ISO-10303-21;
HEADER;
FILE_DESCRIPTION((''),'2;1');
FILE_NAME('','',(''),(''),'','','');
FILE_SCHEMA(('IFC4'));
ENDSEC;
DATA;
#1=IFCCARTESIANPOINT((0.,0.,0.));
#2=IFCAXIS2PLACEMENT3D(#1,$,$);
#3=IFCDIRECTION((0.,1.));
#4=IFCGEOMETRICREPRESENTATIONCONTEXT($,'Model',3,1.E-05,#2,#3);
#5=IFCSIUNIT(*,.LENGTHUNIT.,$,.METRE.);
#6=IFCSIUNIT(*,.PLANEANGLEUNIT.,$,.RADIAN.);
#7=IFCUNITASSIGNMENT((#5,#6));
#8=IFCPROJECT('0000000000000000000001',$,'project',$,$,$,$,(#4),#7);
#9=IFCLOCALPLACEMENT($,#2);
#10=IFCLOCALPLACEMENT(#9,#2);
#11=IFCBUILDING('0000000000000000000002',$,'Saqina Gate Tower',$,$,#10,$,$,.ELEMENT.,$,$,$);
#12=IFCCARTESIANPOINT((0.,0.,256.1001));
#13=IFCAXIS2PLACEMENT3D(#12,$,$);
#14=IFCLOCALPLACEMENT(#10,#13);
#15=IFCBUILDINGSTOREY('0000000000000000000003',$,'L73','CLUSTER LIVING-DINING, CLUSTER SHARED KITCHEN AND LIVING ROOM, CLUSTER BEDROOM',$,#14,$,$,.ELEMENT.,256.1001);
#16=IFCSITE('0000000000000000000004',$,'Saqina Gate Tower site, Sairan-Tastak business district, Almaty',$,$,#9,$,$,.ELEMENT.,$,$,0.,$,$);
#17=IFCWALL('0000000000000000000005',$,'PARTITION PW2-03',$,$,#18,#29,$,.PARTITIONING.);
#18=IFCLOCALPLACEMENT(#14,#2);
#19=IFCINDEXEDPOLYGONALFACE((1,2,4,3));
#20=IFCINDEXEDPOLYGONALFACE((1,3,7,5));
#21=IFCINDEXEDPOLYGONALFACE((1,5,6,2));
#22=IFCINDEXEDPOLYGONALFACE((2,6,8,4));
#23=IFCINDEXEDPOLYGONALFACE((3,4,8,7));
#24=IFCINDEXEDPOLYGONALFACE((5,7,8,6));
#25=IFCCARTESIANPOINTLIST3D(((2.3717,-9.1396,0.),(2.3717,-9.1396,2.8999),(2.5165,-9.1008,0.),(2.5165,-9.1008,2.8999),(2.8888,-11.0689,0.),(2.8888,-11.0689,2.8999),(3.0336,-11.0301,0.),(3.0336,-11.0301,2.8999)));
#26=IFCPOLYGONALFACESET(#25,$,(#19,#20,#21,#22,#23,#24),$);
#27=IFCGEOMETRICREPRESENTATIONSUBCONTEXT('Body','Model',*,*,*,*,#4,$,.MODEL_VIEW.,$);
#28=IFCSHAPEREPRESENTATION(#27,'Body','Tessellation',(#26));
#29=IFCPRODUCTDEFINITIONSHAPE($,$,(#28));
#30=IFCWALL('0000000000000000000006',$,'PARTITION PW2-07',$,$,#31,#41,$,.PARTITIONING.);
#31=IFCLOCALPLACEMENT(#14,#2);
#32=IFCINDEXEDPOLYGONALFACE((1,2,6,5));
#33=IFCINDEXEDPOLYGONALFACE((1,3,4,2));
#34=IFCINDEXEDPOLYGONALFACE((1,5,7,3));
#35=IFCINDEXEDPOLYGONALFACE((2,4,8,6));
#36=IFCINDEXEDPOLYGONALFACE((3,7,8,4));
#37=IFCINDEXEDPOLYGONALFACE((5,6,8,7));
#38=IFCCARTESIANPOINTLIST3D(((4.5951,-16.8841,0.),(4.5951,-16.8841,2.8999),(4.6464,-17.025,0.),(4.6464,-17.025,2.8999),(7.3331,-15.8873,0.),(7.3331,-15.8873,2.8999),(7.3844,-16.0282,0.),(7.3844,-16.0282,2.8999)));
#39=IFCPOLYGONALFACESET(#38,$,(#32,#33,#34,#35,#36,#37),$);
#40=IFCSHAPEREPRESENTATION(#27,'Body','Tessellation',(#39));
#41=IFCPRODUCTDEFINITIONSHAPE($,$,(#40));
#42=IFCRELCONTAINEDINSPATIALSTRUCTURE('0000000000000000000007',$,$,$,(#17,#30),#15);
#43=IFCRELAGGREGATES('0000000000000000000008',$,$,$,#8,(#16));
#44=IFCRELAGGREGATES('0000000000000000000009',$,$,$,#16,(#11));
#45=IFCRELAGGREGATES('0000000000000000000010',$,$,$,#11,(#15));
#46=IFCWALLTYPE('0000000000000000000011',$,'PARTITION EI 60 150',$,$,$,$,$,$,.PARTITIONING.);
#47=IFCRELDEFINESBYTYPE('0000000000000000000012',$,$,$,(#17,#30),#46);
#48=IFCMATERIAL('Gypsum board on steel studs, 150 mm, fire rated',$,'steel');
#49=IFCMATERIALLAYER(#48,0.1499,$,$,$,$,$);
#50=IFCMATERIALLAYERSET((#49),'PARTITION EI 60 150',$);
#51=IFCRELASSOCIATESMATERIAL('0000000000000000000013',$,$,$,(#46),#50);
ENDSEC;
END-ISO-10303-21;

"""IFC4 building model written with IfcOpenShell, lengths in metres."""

from ifc_helpers import new_model, si_unit, direction, frame, frame_2d, origin, place, context, subcontext, project, spatial, rectangle, extrude, material, layer, layer_set, type_object, element, save


model = new_model("IFC4")

# Units and contexts
model_context = context("Model", 3, precision=1e-05, world=origin(), true_north=direction((0.0, 1.0)))
body_context = subcontext(model_context, "Body", "Model", "MODEL_VIEW")
ifc_project = project(units=[si_unit("LENGTHUNIT", "METRE"), si_unit("PLANEANGLEUNIT", "RADIAN")], contexts=[model_context])

# Site, building, storey
site_placement = place(None, origin())
site = spatial("IfcSite", under=ifc_project, at=site_placement, Name="Saqina Gate Tower site, Sairan-Tastak business district, Almaty", CompositionType="ELEMENT", RefElevation=0.0)
building_placement = place(site_placement, origin())
building = spatial("IfcBuilding", under=site, at=building_placement, Name="Saqina Gate Tower", CompositionType="ELEMENT")
storey_placement = place(building_placement, frame((0.0, 0.0, 256.1001)))
storey = spatial("IfcBuildingStorey", under=building, at=storey_placement, Name="L73", Description="CLUSTER LIVING-DINING, CLUSTER SHARED KITCHEN AND LIVING ROOM, CLUSTER BEDROOM", CompositionType="ELEMENT", Elevation=256.1001)

# Walls
ifc_material_1 = material(Name="Gypsum board on steel studs, 150 mm, fire rated", Category="steel")
ifc_layer_1 = layer(ifc_material_1, 0.1499)
ifc_layer_set_1 = layer_set([ifc_layer_1], Name="PARTITION EI 60 150")
wall_type_1 = type_object("IfcWallType", Name="PARTITION EI 60 150", PredefinedType="PARTITIONING", material=ifc_layer_set_1)
wall_1_placement = place(storey_placement, frame((2.4441, -9.1204, 0.0), z_axis=(0.0, 0.0, 1.0), x_axis=(0.258895, -0.965905, 0.0)))
element("IfcWall", 1, at=wall_1_placement, inside=storey, type_object=wall_type_1, Name="PARTITION PW2-03", PredefinedType="PARTITIONING", context=body_context, shape_type="SweptSolid", body=[
    extrude(rectangle(XDim=1.9973, YDim=0.1499, at=frame_2d((0.9985, 0.0))), origin(), (0.0, 0.0, 1.0), 2.8999),
])
wall_2_placement = place(storey_placement, frame((4.6206, -16.9546, 0.0), z_axis=(0.0, 0.0, 1.0), x_axis=(0.939664, 0.3421, 0.0)))
element("IfcWall", 2, at=wall_2_placement, inside=storey, type_object=wall_type_1, Name="PARTITION PW2-07", PredefinedType="PARTITIONING", context=body_context, shape_type="SweptSolid", body=[
    extrude(rectangle(XDim=2.9138, YDim=0.1499, at=frame_2d((1.457, 0.0))), origin(), (0.0, 0.0, 1.0), 2.8999),
])

save(model, "model.ifc")
